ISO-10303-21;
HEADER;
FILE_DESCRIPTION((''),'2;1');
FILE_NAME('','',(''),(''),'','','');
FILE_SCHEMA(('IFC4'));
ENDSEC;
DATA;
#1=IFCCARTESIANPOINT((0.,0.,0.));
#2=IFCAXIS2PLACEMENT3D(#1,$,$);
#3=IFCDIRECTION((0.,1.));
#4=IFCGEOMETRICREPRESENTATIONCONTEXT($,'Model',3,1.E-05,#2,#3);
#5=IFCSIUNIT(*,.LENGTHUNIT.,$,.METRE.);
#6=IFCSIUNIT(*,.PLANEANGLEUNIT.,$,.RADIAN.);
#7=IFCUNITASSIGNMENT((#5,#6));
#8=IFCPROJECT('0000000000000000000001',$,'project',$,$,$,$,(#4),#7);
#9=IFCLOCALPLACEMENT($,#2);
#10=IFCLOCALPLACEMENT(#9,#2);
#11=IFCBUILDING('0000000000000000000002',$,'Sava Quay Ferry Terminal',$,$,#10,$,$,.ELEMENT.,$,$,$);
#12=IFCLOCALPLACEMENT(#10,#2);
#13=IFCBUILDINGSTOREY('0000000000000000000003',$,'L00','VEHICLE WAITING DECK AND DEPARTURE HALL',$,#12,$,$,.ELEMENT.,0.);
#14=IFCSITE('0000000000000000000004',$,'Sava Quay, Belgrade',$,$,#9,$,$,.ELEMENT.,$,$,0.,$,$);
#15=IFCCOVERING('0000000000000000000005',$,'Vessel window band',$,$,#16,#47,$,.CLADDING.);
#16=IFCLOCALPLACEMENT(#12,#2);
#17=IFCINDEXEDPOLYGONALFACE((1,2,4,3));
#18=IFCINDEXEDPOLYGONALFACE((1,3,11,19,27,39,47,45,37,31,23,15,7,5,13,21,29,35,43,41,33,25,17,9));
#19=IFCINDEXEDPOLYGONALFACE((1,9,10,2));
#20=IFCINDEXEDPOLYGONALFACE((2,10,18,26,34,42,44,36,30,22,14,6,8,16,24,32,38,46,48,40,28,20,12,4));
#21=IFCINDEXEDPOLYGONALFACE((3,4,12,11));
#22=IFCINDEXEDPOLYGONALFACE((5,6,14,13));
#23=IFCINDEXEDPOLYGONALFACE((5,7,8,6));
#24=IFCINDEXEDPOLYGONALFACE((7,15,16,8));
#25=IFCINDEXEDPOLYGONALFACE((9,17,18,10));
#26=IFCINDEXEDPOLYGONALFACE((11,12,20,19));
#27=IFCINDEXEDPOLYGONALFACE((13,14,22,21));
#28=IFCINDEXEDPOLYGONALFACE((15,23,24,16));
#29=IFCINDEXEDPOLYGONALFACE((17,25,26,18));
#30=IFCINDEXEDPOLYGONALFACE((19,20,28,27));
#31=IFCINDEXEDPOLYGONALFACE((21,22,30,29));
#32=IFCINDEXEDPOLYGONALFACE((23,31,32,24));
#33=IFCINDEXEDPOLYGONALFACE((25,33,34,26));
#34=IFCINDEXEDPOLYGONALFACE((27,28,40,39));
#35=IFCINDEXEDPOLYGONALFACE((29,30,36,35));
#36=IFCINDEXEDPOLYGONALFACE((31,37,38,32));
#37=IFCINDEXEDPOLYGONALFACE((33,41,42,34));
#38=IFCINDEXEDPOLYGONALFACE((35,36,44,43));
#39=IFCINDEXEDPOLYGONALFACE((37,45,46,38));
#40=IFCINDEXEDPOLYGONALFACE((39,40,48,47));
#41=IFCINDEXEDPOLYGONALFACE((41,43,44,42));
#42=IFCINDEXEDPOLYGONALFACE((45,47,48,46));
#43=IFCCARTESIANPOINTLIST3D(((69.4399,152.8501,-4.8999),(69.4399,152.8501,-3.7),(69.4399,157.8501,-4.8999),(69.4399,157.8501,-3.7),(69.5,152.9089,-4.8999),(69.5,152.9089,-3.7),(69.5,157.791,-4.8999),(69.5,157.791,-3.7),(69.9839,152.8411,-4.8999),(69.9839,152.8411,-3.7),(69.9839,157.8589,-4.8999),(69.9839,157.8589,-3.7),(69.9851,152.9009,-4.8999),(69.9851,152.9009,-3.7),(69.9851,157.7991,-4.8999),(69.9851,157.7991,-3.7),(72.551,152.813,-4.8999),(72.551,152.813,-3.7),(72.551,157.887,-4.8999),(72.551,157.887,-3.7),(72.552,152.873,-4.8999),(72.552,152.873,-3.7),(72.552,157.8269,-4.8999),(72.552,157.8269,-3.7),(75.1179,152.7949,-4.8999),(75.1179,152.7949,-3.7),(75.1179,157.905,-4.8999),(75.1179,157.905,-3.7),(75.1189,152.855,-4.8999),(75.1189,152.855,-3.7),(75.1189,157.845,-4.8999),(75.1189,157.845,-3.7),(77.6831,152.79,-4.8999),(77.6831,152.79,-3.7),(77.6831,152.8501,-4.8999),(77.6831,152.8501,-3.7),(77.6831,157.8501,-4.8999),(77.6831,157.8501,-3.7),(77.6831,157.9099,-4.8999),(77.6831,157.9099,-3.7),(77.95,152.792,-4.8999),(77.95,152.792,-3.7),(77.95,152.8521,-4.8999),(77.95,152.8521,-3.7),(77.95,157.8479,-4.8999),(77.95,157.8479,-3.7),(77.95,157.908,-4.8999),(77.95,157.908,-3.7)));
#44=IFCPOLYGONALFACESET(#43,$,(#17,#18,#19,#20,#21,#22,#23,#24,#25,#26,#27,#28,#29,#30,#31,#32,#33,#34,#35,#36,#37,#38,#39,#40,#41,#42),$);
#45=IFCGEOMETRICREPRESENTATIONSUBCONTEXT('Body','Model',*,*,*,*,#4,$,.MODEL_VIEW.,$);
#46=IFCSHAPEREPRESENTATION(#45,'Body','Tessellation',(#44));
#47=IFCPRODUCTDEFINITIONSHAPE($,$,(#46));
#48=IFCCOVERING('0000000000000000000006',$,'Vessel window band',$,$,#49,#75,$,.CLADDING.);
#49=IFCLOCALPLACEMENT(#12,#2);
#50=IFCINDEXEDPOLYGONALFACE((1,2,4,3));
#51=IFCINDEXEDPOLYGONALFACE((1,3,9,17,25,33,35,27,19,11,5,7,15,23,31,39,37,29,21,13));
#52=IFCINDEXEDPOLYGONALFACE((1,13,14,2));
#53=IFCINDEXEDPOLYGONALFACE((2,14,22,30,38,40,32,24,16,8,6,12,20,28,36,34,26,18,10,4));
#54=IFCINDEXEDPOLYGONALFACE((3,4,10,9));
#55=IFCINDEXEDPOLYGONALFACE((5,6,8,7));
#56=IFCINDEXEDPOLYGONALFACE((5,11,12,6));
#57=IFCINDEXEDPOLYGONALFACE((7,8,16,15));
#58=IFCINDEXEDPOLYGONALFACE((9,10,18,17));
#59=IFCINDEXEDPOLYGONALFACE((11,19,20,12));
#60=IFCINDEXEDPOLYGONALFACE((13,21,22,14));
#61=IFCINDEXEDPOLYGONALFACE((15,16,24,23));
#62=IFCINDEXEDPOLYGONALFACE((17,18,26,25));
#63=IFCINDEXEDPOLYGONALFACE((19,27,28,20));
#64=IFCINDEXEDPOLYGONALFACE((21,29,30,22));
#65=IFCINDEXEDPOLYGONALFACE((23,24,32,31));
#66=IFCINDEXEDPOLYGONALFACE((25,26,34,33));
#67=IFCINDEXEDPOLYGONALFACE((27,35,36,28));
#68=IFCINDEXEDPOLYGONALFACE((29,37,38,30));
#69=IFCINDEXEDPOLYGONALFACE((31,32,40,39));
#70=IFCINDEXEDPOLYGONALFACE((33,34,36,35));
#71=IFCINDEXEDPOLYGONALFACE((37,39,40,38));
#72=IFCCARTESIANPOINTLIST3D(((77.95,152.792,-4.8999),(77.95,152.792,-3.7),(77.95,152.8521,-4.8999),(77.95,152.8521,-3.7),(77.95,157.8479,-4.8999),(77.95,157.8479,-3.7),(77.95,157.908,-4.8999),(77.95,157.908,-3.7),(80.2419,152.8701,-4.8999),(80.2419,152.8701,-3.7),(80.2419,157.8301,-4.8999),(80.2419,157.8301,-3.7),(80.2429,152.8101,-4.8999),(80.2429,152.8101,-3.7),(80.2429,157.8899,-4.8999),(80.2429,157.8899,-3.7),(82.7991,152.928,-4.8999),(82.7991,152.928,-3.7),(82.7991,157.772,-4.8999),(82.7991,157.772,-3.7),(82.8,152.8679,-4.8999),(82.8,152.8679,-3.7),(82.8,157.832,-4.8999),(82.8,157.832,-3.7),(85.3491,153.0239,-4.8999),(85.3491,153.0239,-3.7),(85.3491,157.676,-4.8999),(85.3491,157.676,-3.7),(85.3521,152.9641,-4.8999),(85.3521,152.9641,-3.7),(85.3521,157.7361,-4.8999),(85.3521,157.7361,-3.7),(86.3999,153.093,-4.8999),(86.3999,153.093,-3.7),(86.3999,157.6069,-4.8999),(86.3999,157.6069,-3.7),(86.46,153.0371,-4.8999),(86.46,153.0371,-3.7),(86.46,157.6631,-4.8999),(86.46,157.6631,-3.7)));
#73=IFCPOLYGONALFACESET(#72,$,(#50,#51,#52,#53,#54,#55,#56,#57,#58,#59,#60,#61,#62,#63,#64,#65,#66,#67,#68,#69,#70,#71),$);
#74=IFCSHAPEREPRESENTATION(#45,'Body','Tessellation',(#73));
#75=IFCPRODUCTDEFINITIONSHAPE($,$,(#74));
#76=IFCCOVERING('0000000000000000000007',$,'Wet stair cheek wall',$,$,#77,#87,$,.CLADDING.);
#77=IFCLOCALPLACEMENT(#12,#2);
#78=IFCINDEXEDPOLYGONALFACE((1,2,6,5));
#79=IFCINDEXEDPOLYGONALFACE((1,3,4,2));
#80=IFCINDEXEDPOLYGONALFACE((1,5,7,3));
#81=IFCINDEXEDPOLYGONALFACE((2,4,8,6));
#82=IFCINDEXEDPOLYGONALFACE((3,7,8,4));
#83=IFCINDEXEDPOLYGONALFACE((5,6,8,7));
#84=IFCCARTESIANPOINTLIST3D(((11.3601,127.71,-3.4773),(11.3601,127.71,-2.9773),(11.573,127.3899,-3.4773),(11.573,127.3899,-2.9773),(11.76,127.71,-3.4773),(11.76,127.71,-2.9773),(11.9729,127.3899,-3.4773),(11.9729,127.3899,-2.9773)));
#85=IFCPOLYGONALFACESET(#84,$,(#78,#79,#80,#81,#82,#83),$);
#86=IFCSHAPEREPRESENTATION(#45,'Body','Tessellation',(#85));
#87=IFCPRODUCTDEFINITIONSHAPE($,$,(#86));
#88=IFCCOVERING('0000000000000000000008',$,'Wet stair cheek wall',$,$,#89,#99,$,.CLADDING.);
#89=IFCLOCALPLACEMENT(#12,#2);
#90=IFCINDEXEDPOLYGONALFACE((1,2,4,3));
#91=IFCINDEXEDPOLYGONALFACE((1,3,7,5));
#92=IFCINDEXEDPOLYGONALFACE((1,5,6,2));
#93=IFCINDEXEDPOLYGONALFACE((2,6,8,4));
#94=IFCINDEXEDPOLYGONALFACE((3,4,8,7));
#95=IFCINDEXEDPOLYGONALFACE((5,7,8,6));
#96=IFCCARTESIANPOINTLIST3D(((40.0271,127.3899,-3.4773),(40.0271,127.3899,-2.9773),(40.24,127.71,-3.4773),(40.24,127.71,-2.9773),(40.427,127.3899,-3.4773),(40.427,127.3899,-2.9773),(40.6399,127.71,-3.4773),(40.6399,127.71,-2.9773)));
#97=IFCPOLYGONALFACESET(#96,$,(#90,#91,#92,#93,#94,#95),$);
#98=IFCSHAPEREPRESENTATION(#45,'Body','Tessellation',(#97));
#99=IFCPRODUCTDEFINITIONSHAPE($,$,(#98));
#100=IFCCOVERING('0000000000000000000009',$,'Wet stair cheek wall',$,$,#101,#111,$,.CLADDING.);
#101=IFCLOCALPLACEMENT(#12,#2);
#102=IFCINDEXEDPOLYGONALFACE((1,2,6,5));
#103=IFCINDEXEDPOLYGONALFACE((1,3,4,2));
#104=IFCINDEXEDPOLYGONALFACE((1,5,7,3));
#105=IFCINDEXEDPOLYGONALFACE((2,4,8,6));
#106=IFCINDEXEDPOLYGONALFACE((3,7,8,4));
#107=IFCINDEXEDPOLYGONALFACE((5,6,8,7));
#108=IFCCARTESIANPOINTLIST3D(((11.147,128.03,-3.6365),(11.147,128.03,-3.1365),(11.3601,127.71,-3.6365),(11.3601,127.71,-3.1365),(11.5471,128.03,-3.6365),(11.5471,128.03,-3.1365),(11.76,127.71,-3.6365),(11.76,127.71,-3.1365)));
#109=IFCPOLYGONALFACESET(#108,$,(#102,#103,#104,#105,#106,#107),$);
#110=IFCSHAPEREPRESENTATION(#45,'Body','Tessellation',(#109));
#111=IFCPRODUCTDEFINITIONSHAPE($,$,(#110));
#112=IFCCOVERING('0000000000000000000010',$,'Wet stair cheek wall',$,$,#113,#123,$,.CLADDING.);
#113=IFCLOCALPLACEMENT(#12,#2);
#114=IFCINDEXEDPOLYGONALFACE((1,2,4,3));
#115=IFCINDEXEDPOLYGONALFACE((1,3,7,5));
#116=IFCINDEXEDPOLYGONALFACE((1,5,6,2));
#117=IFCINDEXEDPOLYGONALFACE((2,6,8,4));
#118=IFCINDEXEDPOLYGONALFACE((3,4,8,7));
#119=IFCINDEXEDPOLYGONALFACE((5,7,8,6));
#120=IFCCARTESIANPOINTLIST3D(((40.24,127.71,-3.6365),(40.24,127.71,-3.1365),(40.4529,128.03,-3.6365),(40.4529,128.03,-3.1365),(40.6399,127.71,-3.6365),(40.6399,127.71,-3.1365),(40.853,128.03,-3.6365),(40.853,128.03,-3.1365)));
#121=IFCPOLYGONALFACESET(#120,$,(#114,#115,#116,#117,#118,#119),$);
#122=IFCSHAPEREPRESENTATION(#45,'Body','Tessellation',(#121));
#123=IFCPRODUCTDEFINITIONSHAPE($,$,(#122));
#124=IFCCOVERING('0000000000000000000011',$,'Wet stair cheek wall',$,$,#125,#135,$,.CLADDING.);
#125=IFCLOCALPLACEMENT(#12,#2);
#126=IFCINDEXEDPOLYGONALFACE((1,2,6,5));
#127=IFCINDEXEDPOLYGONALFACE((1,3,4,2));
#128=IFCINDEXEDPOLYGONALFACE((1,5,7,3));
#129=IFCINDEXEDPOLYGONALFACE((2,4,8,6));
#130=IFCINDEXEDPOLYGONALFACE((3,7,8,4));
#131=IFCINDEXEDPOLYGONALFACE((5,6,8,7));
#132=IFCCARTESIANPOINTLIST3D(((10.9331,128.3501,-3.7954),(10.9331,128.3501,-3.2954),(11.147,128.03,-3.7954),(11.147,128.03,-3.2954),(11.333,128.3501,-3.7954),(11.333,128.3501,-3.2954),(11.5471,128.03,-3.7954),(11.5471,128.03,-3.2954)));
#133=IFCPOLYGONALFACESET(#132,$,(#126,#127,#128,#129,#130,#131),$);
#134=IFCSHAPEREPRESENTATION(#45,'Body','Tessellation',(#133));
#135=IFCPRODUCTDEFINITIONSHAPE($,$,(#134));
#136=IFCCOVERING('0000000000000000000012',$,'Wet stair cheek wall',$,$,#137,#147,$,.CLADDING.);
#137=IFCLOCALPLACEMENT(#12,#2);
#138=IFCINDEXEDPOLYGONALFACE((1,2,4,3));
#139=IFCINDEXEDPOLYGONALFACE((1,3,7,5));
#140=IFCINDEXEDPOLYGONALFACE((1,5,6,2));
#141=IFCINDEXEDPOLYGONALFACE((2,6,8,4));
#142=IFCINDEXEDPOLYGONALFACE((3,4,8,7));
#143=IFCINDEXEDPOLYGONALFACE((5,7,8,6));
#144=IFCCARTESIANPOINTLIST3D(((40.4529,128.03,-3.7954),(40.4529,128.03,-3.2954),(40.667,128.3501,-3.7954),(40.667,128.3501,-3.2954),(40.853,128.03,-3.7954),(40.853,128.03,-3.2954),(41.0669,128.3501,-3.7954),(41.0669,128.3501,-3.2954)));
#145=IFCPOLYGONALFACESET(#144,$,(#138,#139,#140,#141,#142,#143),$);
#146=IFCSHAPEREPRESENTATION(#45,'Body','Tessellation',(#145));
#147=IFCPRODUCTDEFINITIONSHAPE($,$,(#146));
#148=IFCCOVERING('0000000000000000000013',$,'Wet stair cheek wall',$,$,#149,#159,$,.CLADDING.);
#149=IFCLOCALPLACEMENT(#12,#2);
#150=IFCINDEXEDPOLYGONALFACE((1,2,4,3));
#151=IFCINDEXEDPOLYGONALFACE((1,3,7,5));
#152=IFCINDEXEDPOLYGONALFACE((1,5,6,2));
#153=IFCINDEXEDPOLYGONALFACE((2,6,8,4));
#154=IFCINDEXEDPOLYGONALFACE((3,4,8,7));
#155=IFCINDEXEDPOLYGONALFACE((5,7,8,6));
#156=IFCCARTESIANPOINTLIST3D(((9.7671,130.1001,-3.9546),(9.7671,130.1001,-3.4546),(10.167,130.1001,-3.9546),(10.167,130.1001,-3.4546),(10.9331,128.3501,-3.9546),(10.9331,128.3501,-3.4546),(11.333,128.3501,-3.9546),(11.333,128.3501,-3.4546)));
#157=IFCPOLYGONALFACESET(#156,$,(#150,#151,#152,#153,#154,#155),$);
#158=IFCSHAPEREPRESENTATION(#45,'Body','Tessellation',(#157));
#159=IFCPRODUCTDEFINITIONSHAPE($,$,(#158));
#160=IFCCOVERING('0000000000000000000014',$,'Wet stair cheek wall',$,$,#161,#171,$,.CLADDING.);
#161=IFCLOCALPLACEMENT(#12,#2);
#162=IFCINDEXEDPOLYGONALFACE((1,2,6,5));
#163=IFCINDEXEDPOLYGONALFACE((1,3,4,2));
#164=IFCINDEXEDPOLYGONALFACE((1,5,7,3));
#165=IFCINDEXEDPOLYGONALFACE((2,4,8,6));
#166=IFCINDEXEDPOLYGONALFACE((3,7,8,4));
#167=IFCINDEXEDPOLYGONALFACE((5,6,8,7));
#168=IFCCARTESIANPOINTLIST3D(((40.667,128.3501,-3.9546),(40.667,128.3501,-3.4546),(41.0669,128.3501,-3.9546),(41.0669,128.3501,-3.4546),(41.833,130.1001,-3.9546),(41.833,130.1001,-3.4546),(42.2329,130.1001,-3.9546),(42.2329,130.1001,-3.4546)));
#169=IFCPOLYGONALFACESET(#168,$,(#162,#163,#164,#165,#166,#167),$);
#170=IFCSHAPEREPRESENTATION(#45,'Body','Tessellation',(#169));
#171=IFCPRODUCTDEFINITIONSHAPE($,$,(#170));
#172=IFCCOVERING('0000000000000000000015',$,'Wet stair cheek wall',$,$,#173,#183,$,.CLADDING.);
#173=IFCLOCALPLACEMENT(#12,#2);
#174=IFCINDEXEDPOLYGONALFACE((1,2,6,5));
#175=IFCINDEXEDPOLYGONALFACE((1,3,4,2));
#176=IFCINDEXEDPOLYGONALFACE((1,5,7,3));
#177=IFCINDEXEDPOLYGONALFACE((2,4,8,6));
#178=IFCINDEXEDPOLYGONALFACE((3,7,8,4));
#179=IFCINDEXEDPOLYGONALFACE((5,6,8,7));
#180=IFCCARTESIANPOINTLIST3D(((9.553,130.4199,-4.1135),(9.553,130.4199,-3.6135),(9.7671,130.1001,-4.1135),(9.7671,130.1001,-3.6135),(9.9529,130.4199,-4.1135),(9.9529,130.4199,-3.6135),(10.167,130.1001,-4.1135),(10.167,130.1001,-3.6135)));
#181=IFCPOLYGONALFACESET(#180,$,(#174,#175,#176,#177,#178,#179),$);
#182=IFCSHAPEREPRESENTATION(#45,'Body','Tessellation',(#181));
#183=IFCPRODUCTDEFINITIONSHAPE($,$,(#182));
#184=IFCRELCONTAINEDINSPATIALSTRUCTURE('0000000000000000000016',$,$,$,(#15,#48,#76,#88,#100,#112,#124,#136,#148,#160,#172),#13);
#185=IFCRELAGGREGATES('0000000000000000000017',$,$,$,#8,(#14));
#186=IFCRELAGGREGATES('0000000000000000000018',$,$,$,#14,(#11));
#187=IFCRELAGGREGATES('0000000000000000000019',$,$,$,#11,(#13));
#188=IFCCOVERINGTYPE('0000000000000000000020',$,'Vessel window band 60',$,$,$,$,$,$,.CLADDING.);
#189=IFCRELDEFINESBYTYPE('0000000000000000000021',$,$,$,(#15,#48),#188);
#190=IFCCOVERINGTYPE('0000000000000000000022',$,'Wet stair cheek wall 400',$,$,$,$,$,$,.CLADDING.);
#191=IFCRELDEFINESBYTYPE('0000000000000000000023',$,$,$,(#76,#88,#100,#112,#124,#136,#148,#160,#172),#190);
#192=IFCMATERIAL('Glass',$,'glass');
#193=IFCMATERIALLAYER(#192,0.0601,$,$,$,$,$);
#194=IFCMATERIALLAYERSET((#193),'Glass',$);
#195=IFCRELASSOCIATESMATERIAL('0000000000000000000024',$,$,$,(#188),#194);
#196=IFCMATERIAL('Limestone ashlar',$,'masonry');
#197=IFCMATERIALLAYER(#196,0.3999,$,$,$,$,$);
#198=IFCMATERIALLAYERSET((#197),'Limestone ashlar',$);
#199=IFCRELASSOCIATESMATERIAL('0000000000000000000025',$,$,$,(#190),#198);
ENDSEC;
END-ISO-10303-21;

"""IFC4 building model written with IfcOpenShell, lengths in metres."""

from ifc_helpers import new_model, si_unit, direction, frame, origin, place, context, subcontext, project, spatial, polyline, outline, extrude, material, layer, layer_set, type_object, element, save


model = new_model("IFC4")

# Units and contexts
model_context = context("Model", 3, precision=1e-05, world=origin(), true_north=direction((0.0, 1.0)))
body_context = subcontext(model_context, "Body", "Model", "MODEL_VIEW")
ifc_project = project(units=[si_unit("LENGTHUNIT", "METRE"), si_unit("PLANEANGLEUNIT", "RADIAN")], contexts=[model_context])

# Site, building, storey
site_placement = place(None, origin())
site = spatial("IfcSite", under=ifc_project, at=site_placement, Name="Sava Quay, Belgrade", CompositionType="ELEMENT", RefElevation=0.0)
building_placement = place(site_placement, origin())
building = spatial("IfcBuilding", under=site, at=building_placement, Name="Sava Quay Ferry Terminal", CompositionType="ELEMENT")
storey_placement = place(building_placement, origin())
storey = spatial("IfcBuildingStorey", under=building, at=storey_placement, Name="L00", Description="VEHICLE WAITING DECK AND DEPARTURE HALL", CompositionType="ELEMENT", Elevation=0.0)

# Coverings
ifc_material_1 = material(Name="Glass", Category="glass")
ifc_layer_1 = layer(ifc_material_1, 0.0601)
ifc_layer_set_1 = layer_set([ifc_layer_1], Name="Glass")
covering_type_1 = type_object("IfcCoveringType", Name="Vessel window band 60", PredefinedType="CLADDING", material=ifc_layer_set_1)
covering_1_placement = place(storey_placement, frame((0.0, 0.0, -4.8999)))
element("IfcCovering", 1, at=covering_1_placement, inside=storey, type_object=covering_type_1, Name="Vessel window band", PredefinedType="CLADDING", context=body_context, shape_type="SweptSolid", body=[
    extrude(outline(polyline([(75.1179, 157.905), (72.551, 157.887), (69.9839, 157.8589), (69.4399, 157.8501), (69.4399, 152.8501), (69.9839, 152.8411), (72.551, 152.813), (75.1179, 152.7949), (77.6831, 152.79), (77.95, 152.792), (77.95, 152.8521), (77.6831, 152.8501), (75.1189, 152.855), (72.552, 152.873), (69.9851, 152.9009), (69.5, 152.9089), (69.5, 157.791), (69.9851, 157.7991), (72.552, 157.8269), (75.1189, 157.845), (77.6831, 157.8501), (77.95, 157.8479), (77.95, 157.908), (77.6831, 157.9099), (75.1179, 157.905)])), origin(), (0.0, 0.0, 1.0), 1.2),
])
covering_2_placement = place(storey_placement, frame((0.0, 0.0, -4.8999)))
element("IfcCovering", 2, at=covering_2_placement, inside=storey, type_object=covering_type_1, Name="Vessel window band", PredefinedType="CLADDING", context=body_context, shape_type="SweptSolid", body=[
    extrude(outline(polyline([(80.2429, 157.8899), (77.95, 157.908), (77.95, 157.8479), (80.2419, 157.8301), (82.7991, 157.772), (85.3491, 157.676), (86.3999, 157.6069), (86.3999, 153.093), (85.3491, 153.0239), (82.7991, 152.928), (80.2419, 152.8701), (77.95, 152.8521), (77.95, 152.792), (80.2429, 152.8101), (82.8, 152.8679), (85.3521, 152.9641), (86.46, 153.0371), (86.46, 157.6631), (85.3521, 157.7361), (82.8, 157.832), (80.2429, 157.8899)])), origin(), (0.0, 0.0, 1.0), 1.2),
])
ifc_material_2 = material(Name="Limestone ashlar", Category="masonry")
ifc_layer_2 = layer(ifc_material_2, 0.3999)
ifc_layer_set_2 = layer_set([ifc_layer_2], Name="Limestone ashlar")
covering_type_2 = type_object("IfcCoveringType", Name="Wet stair cheek wall 400", PredefinedType="CLADDING", material=ifc_layer_set_2)
covering_3_placement = place(storey_placement, frame((0.0, 0.0, -3.4773)))
element("IfcCovering", 3, at=covering_3_placement, inside=storey, type_object=covering_type_2, Name="Wet stair cheek wall", PredefinedType="CLADDING", context=body_context, shape_type="SweptSolid", body=[
    extrude(outline(polyline([(11.573, 127.3899), (11.9729, 127.3899), (11.76, 127.71), (11.3601, 127.71), (11.573, 127.3899)])), origin(), (0.0, 0.0, 1.0), 0.5),
])
covering_4_placement = place(storey_placement, frame((0.0, 0.0, -3.4773)))
element("IfcCovering", 4, at=covering_4_placement, inside=storey, type_object=covering_type_2, Name="Wet stair cheek wall", PredefinedType="CLADDING", context=body_context, shape_type="SweptSolid", body=[
    extrude(outline(polyline([(40.0271, 127.3899), (40.427, 127.3899), (40.6399, 127.71), (40.24, 127.71), (40.0271, 127.3899)])), origin(), (0.0, 0.0, 1.0), 0.5),
])
covering_5_placement = place(storey_placement, frame((0.0, 0.0, -3.6365)))
element("IfcCovering", 5, at=covering_5_placement, inside=storey, type_object=covering_type_2, Name="Wet stair cheek wall", PredefinedType="CLADDING", context=body_context, shape_type="SweptSolid", body=[
    extrude(outline(polyline([(11.3601, 127.71), (11.76, 127.71), (11.5471, 128.03), (11.147, 128.03), (11.3601, 127.71)])), origin(), (0.0, 0.0, 1.0), 0.5),
])
covering_6_placement = place(storey_placement, frame((0.0, 0.0, -3.6365)))
element("IfcCovering", 6, at=covering_6_placement, inside=storey, type_object=covering_type_2, Name="Wet stair cheek wall", PredefinedType="CLADDING", context=body_context, shape_type="SweptSolid", body=[
    extrude(outline(polyline([(40.24, 127.71), (40.6399, 127.71), (40.853, 128.03), (40.4529, 128.03), (40.24, 127.71)])), origin(), (0.0, 0.0, 1.0), 0.5),
])
covering_7_placement = place(storey_placement, frame((0.0, 0.0, -3.7954)))
element("IfcCovering", 7, at=covering_7_placement, inside=storey, type_object=covering_type_2, Name="Wet stair cheek wall", PredefinedType="CLADDING", context=body_context, shape_type="SweptSolid", body=[
    extrude(outline(polyline([(11.147, 128.03), (11.5471, 128.03), (11.333, 128.3501), (10.9331, 128.3501), (11.147, 128.03)])), origin(), (0.0, 0.0, 1.0), 0.5),
])
covering_8_placement = place(storey_placement, frame((0.0, 0.0, -3.7954)))
element("IfcCovering", 8, at=covering_8_placement, inside=storey, type_object=covering_type_2, Name="Wet stair cheek wall", PredefinedType="CLADDING", context=body_context, shape_type="SweptSolid", body=[
    extrude(outline(polyline([(40.4529, 128.03), (40.853, 128.03), (41.0669, 128.3501), (40.667, 128.3501), (40.4529, 128.03)])), origin(), (0.0, 0.0, 1.0), 0.5),
])
covering_9_placement = place(storey_placement, frame((0.0, 0.0, -3.9546)))
element("IfcCovering", 9, at=covering_9_placement, inside=storey, type_object=covering_type_2, Name="Wet stair cheek wall", PredefinedType="CLADDING", context=body_context, shape_type="SweptSolid", body=[
    extrude(outline(polyline([(10.9331, 128.3501), (11.333, 128.3501), (10.167, 130.1001), (9.7671, 130.1001), (10.9331, 128.3501)])), origin(), (0.0, 0.0, 1.0), 0.5),
])
covering_10_placement = place(storey_placement, frame((0.0, 0.0, -3.9546)))
element("IfcCovering", 10, at=covering_10_placement, inside=storey, type_object=covering_type_2, Name="Wet stair cheek wall", PredefinedType="CLADDING", context=body_context, shape_type="SweptSolid", body=[
    extrude(outline(polyline([(40.667, 128.3501), (41.0669, 128.3501), (42.2329, 130.1001), (41.833, 130.1001), (40.667, 128.3501)])), origin(), (0.0, 0.0, 1.0), 0.5),
])
covering_11_placement = place(storey_placement, frame((0.0, 0.0, -4.1135)))
element("IfcCovering", 11, at=covering_11_placement, inside=storey, type_object=covering_type_2, Name="Wet stair cheek wall", PredefinedType="CLADDING", context=body_context, shape_type="SweptSolid", body=[
    extrude(outline(polyline([(9.7671, 130.1001), (10.167, 130.1001), (9.9529, 130.4199), (9.553, 130.4199), (9.7671, 130.1001)])), origin(), (0.0, 0.0, 1.0), 0.5),
])

save(model, "model.ifc")
